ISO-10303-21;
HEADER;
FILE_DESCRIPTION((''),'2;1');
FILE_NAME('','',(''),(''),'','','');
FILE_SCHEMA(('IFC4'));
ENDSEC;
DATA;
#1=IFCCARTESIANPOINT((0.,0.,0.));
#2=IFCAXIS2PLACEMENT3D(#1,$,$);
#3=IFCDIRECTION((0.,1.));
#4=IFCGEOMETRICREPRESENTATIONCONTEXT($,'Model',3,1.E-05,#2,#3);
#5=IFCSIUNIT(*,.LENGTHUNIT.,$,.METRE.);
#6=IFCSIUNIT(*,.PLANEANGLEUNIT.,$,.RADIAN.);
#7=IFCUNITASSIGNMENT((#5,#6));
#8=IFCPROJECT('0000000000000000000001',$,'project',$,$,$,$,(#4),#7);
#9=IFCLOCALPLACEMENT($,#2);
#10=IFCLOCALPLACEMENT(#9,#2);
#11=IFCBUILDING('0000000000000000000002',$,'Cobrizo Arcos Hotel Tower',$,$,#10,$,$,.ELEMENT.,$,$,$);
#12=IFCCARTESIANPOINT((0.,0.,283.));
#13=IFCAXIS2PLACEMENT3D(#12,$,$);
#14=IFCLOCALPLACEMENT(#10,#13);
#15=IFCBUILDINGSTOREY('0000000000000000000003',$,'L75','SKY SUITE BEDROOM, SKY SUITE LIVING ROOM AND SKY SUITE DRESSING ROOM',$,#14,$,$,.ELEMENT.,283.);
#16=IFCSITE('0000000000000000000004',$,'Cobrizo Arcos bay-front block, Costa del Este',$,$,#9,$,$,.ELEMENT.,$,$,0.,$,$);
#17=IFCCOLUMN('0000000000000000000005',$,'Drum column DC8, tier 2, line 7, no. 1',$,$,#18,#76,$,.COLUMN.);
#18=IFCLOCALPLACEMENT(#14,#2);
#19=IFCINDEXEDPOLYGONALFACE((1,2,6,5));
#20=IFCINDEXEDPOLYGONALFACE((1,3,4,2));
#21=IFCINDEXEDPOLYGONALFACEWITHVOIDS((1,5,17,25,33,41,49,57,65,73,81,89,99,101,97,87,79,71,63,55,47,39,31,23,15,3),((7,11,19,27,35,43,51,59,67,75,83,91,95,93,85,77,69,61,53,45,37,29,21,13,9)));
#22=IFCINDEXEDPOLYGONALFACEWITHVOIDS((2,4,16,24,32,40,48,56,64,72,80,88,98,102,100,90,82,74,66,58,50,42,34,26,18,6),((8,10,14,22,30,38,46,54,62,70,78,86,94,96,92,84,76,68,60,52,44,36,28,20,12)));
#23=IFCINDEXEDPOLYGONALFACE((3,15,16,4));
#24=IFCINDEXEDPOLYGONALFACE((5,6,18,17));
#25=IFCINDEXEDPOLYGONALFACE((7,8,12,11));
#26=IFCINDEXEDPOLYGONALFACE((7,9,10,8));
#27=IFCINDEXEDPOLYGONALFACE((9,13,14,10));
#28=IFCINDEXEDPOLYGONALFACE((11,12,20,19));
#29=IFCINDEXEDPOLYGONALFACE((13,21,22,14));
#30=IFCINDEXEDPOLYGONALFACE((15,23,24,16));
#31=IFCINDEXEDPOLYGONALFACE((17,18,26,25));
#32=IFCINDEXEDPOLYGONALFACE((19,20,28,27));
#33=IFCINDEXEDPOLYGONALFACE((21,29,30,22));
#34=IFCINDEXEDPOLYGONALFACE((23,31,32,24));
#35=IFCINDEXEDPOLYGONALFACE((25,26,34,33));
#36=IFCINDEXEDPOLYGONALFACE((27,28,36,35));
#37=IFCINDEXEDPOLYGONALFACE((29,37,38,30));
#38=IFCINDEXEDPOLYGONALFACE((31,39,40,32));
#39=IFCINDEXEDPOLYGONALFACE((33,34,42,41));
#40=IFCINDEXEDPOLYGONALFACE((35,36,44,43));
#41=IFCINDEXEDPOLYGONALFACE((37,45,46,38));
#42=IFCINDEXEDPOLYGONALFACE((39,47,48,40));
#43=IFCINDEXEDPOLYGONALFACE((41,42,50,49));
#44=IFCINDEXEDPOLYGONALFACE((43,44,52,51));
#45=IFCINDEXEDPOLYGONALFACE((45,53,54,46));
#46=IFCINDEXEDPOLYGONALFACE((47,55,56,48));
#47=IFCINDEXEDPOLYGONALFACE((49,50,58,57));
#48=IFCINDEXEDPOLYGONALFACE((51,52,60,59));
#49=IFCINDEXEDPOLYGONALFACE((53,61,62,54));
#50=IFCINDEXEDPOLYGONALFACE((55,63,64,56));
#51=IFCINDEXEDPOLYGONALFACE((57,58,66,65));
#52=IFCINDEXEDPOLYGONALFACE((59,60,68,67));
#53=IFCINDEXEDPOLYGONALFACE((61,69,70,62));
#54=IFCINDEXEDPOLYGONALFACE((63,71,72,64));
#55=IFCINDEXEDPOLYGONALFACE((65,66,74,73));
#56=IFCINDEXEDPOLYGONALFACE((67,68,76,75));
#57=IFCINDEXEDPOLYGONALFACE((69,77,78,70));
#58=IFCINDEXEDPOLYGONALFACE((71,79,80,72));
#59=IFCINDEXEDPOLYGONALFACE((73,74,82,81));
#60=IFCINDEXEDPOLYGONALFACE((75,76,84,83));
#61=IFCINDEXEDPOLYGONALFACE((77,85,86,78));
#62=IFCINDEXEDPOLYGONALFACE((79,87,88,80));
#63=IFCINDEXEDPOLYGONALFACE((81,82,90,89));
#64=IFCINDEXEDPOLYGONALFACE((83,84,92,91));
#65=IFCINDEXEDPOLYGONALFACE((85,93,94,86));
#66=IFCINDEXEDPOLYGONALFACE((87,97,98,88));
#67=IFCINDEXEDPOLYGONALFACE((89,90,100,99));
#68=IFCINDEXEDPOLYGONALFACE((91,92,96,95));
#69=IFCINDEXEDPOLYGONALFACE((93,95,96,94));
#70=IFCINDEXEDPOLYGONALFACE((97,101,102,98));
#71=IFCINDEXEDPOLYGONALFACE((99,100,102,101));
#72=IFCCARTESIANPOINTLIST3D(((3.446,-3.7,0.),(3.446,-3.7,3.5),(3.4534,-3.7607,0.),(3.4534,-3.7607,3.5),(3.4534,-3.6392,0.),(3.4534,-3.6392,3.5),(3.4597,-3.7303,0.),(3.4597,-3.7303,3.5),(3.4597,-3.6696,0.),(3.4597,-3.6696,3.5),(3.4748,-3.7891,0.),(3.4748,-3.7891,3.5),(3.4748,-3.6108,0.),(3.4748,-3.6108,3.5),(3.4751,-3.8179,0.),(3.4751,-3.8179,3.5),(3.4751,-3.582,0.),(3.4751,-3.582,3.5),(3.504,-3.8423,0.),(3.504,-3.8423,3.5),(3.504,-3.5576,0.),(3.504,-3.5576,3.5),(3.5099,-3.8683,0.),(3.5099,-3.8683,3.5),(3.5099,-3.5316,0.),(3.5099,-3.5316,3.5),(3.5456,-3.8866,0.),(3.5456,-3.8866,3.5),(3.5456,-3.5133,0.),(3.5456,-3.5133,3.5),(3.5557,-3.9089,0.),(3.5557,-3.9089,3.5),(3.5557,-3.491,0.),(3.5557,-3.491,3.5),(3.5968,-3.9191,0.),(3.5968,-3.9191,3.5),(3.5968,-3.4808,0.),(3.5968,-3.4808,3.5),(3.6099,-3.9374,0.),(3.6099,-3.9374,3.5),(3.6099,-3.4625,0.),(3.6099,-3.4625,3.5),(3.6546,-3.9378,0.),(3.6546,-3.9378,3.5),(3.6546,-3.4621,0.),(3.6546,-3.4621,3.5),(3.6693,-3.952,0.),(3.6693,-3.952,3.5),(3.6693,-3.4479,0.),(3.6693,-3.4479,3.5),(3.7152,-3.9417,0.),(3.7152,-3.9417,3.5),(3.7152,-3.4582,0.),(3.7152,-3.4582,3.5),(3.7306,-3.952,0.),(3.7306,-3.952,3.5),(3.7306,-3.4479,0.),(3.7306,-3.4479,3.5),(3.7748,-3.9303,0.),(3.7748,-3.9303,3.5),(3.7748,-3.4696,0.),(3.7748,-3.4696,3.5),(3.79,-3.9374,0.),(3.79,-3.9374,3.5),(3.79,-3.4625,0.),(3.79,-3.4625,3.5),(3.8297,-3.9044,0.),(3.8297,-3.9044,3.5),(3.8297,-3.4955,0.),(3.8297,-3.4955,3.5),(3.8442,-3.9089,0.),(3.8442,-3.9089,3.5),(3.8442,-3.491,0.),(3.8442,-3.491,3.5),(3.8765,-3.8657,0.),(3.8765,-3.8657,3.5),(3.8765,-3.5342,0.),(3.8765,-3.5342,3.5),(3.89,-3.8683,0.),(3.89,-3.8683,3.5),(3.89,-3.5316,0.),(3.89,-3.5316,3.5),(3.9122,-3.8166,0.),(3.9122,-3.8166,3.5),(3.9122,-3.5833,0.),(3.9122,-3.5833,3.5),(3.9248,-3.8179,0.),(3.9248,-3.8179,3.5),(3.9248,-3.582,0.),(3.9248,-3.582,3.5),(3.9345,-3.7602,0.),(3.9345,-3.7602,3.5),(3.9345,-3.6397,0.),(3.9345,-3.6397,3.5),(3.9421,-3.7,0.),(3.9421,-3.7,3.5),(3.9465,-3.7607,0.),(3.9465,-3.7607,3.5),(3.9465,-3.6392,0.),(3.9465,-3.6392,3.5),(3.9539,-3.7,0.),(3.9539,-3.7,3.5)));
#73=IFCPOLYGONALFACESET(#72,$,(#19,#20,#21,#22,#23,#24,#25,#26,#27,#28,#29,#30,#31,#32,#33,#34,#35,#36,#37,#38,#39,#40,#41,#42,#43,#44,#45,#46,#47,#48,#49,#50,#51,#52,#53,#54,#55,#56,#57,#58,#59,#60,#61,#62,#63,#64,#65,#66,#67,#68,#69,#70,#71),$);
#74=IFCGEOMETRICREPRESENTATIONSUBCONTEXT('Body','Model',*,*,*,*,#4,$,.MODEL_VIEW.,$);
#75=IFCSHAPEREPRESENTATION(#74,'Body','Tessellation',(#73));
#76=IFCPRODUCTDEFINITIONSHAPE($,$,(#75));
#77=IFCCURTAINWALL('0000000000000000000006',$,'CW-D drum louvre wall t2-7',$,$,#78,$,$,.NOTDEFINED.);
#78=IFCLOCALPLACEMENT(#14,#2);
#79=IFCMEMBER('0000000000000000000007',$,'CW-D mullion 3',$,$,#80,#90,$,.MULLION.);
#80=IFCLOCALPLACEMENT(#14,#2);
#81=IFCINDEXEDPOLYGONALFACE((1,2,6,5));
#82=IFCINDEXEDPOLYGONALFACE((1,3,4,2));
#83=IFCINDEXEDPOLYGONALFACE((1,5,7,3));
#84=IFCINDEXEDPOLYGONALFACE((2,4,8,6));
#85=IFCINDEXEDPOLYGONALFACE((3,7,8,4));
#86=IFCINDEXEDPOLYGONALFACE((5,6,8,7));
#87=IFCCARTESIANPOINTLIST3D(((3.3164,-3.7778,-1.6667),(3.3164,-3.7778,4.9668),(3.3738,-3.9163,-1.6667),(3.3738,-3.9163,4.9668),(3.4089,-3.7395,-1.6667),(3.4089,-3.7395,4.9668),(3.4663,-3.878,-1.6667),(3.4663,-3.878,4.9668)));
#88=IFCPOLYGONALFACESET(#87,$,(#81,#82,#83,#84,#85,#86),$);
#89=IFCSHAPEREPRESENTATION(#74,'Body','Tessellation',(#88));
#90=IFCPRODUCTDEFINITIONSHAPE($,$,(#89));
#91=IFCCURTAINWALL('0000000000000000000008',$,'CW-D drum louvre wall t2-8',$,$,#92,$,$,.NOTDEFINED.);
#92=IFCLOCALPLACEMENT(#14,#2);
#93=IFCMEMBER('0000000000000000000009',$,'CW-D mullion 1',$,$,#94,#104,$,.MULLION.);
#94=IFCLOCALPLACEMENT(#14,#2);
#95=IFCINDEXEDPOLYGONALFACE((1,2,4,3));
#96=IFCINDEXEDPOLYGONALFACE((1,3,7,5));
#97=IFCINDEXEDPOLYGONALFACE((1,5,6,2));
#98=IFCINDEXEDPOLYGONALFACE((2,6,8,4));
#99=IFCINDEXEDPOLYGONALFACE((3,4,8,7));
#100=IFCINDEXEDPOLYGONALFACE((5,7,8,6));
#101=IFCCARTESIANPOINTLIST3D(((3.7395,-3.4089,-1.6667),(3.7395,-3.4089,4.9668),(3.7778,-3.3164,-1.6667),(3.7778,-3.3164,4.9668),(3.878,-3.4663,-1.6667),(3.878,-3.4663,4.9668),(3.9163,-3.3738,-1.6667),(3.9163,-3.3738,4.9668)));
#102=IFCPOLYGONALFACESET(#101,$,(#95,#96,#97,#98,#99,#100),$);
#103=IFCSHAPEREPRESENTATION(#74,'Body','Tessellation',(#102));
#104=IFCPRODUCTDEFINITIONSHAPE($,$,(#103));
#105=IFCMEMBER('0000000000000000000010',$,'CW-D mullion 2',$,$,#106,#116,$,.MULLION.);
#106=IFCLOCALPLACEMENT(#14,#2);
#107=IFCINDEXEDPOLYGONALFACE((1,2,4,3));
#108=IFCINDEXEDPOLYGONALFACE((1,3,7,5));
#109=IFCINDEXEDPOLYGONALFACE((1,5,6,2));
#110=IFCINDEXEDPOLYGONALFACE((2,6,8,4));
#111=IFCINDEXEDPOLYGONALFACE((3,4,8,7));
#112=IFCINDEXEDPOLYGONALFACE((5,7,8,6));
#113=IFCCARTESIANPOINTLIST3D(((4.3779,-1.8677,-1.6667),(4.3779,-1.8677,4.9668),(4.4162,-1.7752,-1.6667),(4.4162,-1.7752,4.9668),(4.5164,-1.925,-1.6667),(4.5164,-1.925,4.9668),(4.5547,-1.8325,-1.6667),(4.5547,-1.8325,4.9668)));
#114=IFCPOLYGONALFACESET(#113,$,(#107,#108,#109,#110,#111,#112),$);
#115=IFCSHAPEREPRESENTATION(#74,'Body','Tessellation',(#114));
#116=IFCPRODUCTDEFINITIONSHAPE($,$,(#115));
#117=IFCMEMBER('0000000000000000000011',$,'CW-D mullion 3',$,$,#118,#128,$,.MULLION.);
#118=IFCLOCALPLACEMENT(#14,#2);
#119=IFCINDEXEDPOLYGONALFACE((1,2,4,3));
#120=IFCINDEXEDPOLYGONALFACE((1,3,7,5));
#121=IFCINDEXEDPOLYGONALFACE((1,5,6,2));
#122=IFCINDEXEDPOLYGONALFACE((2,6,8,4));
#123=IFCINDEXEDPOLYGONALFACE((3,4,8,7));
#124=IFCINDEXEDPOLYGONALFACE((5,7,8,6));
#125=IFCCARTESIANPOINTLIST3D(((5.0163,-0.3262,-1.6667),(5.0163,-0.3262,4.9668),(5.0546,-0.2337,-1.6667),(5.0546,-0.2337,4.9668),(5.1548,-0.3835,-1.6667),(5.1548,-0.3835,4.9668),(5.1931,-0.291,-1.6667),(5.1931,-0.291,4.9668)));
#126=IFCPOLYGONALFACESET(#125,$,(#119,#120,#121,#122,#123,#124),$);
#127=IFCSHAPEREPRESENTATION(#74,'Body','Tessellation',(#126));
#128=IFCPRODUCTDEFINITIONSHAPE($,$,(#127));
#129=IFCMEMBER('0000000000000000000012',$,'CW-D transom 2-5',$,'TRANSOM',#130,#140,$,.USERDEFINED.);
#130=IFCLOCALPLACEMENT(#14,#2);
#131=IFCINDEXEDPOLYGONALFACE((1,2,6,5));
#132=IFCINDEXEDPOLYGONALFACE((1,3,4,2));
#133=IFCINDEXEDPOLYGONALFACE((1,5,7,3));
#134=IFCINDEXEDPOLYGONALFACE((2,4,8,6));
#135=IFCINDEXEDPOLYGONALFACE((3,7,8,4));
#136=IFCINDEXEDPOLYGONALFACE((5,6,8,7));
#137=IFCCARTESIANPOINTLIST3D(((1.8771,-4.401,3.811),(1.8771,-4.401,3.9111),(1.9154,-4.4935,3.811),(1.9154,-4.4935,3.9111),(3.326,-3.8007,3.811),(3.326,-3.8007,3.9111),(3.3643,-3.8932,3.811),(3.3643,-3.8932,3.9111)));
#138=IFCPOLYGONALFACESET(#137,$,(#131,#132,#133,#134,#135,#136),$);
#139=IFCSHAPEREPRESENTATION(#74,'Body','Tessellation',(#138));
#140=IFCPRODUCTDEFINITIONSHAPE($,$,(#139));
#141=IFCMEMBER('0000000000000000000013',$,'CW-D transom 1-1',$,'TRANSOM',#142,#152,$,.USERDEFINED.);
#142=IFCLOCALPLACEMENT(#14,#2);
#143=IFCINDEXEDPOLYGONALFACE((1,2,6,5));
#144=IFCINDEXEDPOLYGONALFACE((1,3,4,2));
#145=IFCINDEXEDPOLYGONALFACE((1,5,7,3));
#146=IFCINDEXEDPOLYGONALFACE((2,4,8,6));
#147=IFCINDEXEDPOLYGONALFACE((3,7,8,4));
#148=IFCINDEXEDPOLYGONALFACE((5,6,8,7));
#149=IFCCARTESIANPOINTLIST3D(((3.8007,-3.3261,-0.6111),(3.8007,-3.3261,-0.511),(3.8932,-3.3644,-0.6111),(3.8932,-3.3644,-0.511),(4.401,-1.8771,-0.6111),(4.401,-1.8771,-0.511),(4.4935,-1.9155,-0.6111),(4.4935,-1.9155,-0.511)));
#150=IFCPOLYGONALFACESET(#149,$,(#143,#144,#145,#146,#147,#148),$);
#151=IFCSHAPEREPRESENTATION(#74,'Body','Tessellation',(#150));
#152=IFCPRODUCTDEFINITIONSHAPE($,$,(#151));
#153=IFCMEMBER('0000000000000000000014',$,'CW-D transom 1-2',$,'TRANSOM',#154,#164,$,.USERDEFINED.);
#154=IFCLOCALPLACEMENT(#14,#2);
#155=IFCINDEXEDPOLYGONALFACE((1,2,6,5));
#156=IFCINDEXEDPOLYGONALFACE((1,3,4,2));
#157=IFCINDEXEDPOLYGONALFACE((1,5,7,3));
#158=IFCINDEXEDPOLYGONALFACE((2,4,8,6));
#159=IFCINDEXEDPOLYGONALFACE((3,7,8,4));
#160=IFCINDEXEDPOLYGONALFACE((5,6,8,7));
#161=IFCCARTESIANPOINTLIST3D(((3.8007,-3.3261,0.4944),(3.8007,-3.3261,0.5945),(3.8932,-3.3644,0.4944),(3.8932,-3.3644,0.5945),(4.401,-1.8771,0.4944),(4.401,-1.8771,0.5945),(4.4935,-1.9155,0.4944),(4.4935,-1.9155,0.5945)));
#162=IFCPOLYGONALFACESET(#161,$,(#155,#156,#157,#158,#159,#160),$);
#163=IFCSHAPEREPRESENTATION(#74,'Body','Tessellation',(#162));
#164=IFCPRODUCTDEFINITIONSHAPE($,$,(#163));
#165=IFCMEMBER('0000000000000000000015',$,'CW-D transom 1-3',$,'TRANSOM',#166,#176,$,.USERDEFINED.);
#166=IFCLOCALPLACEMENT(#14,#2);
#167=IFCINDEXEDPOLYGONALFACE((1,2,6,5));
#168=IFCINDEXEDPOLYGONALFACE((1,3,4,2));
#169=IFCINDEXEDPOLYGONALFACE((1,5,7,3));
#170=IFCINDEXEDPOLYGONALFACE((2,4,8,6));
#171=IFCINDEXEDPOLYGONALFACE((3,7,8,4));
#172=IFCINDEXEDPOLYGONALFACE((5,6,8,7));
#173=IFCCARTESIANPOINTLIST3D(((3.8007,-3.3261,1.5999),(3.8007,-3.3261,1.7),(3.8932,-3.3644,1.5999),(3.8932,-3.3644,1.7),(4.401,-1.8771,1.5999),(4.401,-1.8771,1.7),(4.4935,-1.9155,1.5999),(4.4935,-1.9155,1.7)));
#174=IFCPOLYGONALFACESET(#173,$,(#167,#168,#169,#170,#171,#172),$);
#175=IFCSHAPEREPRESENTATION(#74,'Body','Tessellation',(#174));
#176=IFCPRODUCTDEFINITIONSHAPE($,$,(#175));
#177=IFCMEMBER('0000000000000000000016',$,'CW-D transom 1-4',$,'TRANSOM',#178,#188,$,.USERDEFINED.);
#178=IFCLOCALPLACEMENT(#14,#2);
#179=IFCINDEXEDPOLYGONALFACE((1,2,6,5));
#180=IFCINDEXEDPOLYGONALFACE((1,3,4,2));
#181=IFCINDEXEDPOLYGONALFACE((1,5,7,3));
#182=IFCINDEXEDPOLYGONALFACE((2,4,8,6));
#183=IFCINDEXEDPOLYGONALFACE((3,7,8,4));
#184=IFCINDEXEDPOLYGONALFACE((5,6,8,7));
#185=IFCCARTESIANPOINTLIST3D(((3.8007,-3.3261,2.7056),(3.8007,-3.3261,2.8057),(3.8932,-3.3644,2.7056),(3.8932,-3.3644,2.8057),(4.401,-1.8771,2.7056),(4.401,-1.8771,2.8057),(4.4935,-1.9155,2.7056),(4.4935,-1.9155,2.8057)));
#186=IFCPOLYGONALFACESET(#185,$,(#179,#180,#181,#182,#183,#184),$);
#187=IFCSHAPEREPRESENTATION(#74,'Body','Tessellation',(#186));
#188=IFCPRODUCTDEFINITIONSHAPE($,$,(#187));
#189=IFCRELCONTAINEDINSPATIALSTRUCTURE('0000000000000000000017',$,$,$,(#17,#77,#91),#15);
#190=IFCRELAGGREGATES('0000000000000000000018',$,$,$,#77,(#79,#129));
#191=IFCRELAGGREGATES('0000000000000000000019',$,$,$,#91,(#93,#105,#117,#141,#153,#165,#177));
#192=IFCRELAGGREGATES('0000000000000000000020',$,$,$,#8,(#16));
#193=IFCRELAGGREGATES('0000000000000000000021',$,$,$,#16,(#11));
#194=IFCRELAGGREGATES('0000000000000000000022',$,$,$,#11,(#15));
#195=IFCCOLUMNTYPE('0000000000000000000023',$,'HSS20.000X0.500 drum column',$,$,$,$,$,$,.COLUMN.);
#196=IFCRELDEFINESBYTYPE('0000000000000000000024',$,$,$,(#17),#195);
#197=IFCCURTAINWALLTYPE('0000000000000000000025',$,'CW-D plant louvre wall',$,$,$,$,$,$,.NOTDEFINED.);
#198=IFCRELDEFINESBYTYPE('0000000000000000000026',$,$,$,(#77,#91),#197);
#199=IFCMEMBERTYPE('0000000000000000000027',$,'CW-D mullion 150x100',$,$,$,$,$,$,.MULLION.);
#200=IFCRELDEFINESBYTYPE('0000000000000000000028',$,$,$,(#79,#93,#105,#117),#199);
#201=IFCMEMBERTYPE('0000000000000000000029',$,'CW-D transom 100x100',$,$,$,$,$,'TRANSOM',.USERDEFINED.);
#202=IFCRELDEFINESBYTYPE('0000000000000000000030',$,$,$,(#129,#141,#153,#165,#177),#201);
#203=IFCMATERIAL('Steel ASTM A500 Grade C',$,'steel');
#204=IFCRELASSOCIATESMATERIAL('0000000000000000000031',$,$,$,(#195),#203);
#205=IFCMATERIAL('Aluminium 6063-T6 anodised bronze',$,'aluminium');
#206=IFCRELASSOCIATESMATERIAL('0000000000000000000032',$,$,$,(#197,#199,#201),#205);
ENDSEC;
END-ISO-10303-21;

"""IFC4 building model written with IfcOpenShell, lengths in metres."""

from ifc_helpers import new_model, si_unit, direction, frame, origin, origin_2d, place, context, subcontext, project, spatial, rectangle, hollow_circle, extrude, material, material_profile, profile_set, type_object, element, aggregate, save


model = new_model("IFC4")

# Units and contexts
model_context = context("Model", 3, precision=1e-05, world=origin(), true_north=direction((0.0, 1.0)))
body_context = subcontext(model_context, "Body", "Model", "MODEL_VIEW")
ifc_project = project(units=[si_unit("LENGTHUNIT", "METRE"), si_unit("PLANEANGLEUNIT", "RADIAN")], contexts=[model_context])

# Site, building, storey
site_placement = place(None, origin())
site = spatial("IfcSite", under=ifc_project, at=site_placement, Name="Cobrizo Arcos bay-front block, Costa del Este", CompositionType="ELEMENT", RefElevation=0.0)
building_placement = place(site_placement, origin())
building = spatial("IfcBuilding", under=site, at=building_placement, Name="Cobrizo Arcos Hotel Tower", CompositionType="ELEMENT")
storey_placement = place(building_placement, frame((0.0, 0.0, 283.0)))
storey = spatial("IfcBuildingStorey", under=building, at=storey_placement, Name="L75", Description="SKY SUITE BEDROOM, SKY SUITE LIVING ROOM AND SKY SUITE DRESSING ROOM", CompositionType="ELEMENT", Elevation=283.0)

# Column
ifc_material_1 = material(Name="Steel ASTM A500 Grade C", Category="steel")
ifc_material_profile_1 = material_profile(ifc_material_1, hollow_circle(Radius=0.2539, WallThickness=0.0117, at=origin_2d()), Name="HSS20.000X0.500")
ifc_profile_set_1 = profile_set([ifc_material_profile_1], Name="Steel ASTM A500 Grade C")
column_type = type_object("IfcColumnType", Name="HSS20.000X0.500 drum column", PredefinedType="COLUMN", material=ifc_profile_set_1)
column_placement = place(storey_placement, frame((3.7, -3.7, 0.0), z_axis=(0.0, 0.0, 1.0), x_axis=(1.0, 0.0, 0.0)))
element("IfcColumn", 1, at=column_placement, inside=storey, type_object=column_type, Name="Drum column DC8, tier 2, line 7, no. 1", PredefinedType="COLUMN", context=body_context, shape_type="SweptSolid", body=[
    extrude(hollow_circle(Radius=0.2539, WallThickness=0.0117, at=origin_2d()), origin(), (0.0, 0.0, 1.0), 3.5),
])

# Curtain wall, member
ifc_material_2 = material(Name="Aluminium 6063-T6 anodised bronze", Category="aluminium")
curtain_wall_type = type_object("IfcCurtainWallType", Name="CW-D plant louvre wall", PredefinedType="NOTDEFINED", material=ifc_material_2)
curtain_wall_1_placement = place(storey_placement, origin())
curtain_wall_1 = element("IfcCurtainWall", 2, at=curtain_wall_1_placement, inside=storey, type_object=curtain_wall_type, Name="CW-D drum louvre wall t2-7", PredefinedType="NOTDEFINED")
ifc_material_profile_2 = material_profile(ifc_material_2, rectangle(XDim=0.1499, YDim=0.1001, at=origin_2d()), Name="CW-D mullion 150x100")
ifc_profile_set_2 = profile_set([ifc_material_profile_2], Name="Aluminium 6063-T6 anodised bronze")
member_type_1 = type_object("IfcMemberType", Name="CW-D mullion 150x100", PredefinedType="MULLION", material=ifc_profile_set_2)
member_1_placement = place(storey_placement, frame((3.3914, -3.8279, -1.6667), z_axis=(0.0, 0.0, 1.0), x_axis=(0.382683, -0.92388, 0.0)))
member_1 = element("IfcMember", 3, at=member_1_placement, type_object=member_type_1, Name="CW-D mullion 3", PredefinedType="MULLION", context=body_context, shape_type="SweptSolid", body=[
    extrude(rectangle(XDim=0.1499, YDim=0.1001, at=origin_2d()), origin(), (0.0, 0.0, 1.0), 6.6335),
])

# Curtain wall, members
curtain_wall_2_placement = place(storey_placement, origin())
curtain_wall_2 = element("IfcCurtainWall", 4, at=curtain_wall_2_placement, inside=storey, type_object=curtain_wall_type, Name="CW-D drum louvre wall t2-8", PredefinedType="NOTDEFINED")
member_2_placement = place(storey_placement, frame((3.8279, -3.3914, -1.6667), z_axis=(0.0, 0.0, 1.0), x_axis=(0.92388, -0.382683, 0.0)))
member_2 = element("IfcMember", 5, at=member_2_placement, type_object=member_type_1, Name="CW-D mullion 1", PredefinedType="MULLION", context=body_context, shape_type="SweptSolid", body=[
    extrude(rectangle(XDim=0.1499, YDim=0.1001, at=origin_2d()), origin(), (0.0, 0.0, 1.0), 6.6335),
])
member_3_placement = place(storey_placement, frame((4.4663, -1.8501, -1.6667), z_axis=(0.0, 0.0, 1.0), x_axis=(0.92388, -0.382683, 0.0)))
member_3 = element("IfcMember", 6, at=member_3_placement, type_object=member_type_1, Name="CW-D mullion 2", PredefinedType="MULLION", context=body_context, shape_type="SweptSolid", body=[
    extrude(rectangle(XDim=0.1499, YDim=0.1001, at=origin_2d()), origin(), (0.0, 0.0, 1.0), 6.6335),
])
member_4_placement = place(storey_placement, frame((5.1047, -0.3086, -1.6667), z_axis=(0.0, 0.0, 1.0), x_axis=(0.92388, -0.382683, 0.0)))
member_4 = element("IfcMember", 7, at=member_4_placement, type_object=member_type_1, Name="CW-D mullion 3", PredefinedType="MULLION", context=body_context, shape_type="SweptSolid", body=[
    extrude(rectangle(XDim=0.1499, YDim=0.1001, at=origin_2d()), origin(), (0.0, 0.0, 1.0), 6.6335),
])

# Members
ifc_material_profile_3 = material_profile(ifc_material_2, rectangle(XDim=0.1001, YDim=0.1001, at=origin_2d()), Name="CW-D transom 100x100")
ifc_profile_set_3 = profile_set([ifc_material_profile_3], Name="Aluminium 6063-T6 anodised bronze")
member_type_2 = type_object("IfcMemberType", Name="CW-D transom 100x100", ElementType="TRANSOM", PredefinedType="USERDEFINED", material=ifc_profile_set_3)
member_5_placement = place(storey_placement, frame((1.8962, -4.4473, 3.8611), z_axis=(0.923844, 0.382769, 0.0), x_axis=(-0.382769, 0.923844, 0.0)))
member_5 = element("IfcMember", 8, at=member_5_placement, type_object=member_type_2, Name="CW-D transom 2-5", ObjectType="TRANSOM", PredefinedType="USERDEFINED", context=body_context, shape_type="SweptSolid", body=[
    extrude(rectangle(XDim=0.1001, YDim=0.1001, at=origin_2d()), origin(), (0.0, 0.0, 1.0), 1.5684),
])
member_6_placement = place(storey_placement, frame((3.8469, -3.3452, -0.561), z_axis=(0.382769, 0.923844, 0.0), x_axis=(-0.923844, 0.382769, 0.0)))
member_6 = element("IfcMember", 9, at=member_6_placement, type_object=member_type_2, Name="CW-D transom 1-1", ObjectType="TRANSOM", PredefinedType="USERDEFINED", context=body_context, shape_type="SweptSolid", body=[
    extrude(rectangle(XDim=0.1001, YDim=0.1001, at=origin_2d()), origin(), (0.0, 0.0, 1.0), 1.5684),
])
member_7_placement = place(storey_placement, frame((3.8469, -3.3452, 0.5444), z_axis=(0.382769, 0.923844, 0.0), x_axis=(-0.923844, 0.382769, 0.0)))
member_7 = element("IfcMember", 10, at=member_7_placement, type_object=member_type_2, Name="CW-D transom 1-2", ObjectType="TRANSOM", PredefinedType="USERDEFINED", context=body_context, shape_type="SweptSolid", body=[
    extrude(rectangle(XDim=0.1001, YDim=0.1001, at=origin_2d()), origin(), (0.0, 0.0, 1.0), 1.5684),
])
member_8_placement = place(storey_placement, frame((3.8469, -3.3452, 1.6499), z_axis=(0.382769, 0.923844, 0.0), x_axis=(-0.923844, 0.382769, 0.0)))
member_8 = element("IfcMember", 11, at=member_8_placement, type_object=member_type_2, Name="CW-D transom 1-3", ObjectType="TRANSOM", PredefinedType="USERDEFINED", context=body_context, shape_type="SweptSolid", body=[
    extrude(rectangle(XDim=0.1001, YDim=0.1001, at=origin_2d()), origin(), (0.0, 0.0, 1.0), 1.5684),
])
member_9_placement = place(storey_placement, frame((3.8469, -3.3452, 2.7556), z_axis=(0.382769, 0.923844, 0.0), x_axis=(-0.923844, 0.382769, 0.0)))
member_9 = element("IfcMember", 12, at=member_9_placement, type_object=member_type_2, Name="CW-D transom 1-4", ObjectType="TRANSOM", PredefinedType="USERDEFINED", context=body_context, shape_type="SweptSolid", body=[
    extrude(rectangle(XDim=0.1001, YDim=0.1001, at=origin_2d()), origin(), (0.0, 0.0, 1.0), 1.5684),
])

aggregate(curtain_wall_1, [member_1, member_5])
aggregate(curtain_wall_2, [member_2, member_3, member_4, member_6, member_7, member_8, member_9])

save(model, "model.ifc")
